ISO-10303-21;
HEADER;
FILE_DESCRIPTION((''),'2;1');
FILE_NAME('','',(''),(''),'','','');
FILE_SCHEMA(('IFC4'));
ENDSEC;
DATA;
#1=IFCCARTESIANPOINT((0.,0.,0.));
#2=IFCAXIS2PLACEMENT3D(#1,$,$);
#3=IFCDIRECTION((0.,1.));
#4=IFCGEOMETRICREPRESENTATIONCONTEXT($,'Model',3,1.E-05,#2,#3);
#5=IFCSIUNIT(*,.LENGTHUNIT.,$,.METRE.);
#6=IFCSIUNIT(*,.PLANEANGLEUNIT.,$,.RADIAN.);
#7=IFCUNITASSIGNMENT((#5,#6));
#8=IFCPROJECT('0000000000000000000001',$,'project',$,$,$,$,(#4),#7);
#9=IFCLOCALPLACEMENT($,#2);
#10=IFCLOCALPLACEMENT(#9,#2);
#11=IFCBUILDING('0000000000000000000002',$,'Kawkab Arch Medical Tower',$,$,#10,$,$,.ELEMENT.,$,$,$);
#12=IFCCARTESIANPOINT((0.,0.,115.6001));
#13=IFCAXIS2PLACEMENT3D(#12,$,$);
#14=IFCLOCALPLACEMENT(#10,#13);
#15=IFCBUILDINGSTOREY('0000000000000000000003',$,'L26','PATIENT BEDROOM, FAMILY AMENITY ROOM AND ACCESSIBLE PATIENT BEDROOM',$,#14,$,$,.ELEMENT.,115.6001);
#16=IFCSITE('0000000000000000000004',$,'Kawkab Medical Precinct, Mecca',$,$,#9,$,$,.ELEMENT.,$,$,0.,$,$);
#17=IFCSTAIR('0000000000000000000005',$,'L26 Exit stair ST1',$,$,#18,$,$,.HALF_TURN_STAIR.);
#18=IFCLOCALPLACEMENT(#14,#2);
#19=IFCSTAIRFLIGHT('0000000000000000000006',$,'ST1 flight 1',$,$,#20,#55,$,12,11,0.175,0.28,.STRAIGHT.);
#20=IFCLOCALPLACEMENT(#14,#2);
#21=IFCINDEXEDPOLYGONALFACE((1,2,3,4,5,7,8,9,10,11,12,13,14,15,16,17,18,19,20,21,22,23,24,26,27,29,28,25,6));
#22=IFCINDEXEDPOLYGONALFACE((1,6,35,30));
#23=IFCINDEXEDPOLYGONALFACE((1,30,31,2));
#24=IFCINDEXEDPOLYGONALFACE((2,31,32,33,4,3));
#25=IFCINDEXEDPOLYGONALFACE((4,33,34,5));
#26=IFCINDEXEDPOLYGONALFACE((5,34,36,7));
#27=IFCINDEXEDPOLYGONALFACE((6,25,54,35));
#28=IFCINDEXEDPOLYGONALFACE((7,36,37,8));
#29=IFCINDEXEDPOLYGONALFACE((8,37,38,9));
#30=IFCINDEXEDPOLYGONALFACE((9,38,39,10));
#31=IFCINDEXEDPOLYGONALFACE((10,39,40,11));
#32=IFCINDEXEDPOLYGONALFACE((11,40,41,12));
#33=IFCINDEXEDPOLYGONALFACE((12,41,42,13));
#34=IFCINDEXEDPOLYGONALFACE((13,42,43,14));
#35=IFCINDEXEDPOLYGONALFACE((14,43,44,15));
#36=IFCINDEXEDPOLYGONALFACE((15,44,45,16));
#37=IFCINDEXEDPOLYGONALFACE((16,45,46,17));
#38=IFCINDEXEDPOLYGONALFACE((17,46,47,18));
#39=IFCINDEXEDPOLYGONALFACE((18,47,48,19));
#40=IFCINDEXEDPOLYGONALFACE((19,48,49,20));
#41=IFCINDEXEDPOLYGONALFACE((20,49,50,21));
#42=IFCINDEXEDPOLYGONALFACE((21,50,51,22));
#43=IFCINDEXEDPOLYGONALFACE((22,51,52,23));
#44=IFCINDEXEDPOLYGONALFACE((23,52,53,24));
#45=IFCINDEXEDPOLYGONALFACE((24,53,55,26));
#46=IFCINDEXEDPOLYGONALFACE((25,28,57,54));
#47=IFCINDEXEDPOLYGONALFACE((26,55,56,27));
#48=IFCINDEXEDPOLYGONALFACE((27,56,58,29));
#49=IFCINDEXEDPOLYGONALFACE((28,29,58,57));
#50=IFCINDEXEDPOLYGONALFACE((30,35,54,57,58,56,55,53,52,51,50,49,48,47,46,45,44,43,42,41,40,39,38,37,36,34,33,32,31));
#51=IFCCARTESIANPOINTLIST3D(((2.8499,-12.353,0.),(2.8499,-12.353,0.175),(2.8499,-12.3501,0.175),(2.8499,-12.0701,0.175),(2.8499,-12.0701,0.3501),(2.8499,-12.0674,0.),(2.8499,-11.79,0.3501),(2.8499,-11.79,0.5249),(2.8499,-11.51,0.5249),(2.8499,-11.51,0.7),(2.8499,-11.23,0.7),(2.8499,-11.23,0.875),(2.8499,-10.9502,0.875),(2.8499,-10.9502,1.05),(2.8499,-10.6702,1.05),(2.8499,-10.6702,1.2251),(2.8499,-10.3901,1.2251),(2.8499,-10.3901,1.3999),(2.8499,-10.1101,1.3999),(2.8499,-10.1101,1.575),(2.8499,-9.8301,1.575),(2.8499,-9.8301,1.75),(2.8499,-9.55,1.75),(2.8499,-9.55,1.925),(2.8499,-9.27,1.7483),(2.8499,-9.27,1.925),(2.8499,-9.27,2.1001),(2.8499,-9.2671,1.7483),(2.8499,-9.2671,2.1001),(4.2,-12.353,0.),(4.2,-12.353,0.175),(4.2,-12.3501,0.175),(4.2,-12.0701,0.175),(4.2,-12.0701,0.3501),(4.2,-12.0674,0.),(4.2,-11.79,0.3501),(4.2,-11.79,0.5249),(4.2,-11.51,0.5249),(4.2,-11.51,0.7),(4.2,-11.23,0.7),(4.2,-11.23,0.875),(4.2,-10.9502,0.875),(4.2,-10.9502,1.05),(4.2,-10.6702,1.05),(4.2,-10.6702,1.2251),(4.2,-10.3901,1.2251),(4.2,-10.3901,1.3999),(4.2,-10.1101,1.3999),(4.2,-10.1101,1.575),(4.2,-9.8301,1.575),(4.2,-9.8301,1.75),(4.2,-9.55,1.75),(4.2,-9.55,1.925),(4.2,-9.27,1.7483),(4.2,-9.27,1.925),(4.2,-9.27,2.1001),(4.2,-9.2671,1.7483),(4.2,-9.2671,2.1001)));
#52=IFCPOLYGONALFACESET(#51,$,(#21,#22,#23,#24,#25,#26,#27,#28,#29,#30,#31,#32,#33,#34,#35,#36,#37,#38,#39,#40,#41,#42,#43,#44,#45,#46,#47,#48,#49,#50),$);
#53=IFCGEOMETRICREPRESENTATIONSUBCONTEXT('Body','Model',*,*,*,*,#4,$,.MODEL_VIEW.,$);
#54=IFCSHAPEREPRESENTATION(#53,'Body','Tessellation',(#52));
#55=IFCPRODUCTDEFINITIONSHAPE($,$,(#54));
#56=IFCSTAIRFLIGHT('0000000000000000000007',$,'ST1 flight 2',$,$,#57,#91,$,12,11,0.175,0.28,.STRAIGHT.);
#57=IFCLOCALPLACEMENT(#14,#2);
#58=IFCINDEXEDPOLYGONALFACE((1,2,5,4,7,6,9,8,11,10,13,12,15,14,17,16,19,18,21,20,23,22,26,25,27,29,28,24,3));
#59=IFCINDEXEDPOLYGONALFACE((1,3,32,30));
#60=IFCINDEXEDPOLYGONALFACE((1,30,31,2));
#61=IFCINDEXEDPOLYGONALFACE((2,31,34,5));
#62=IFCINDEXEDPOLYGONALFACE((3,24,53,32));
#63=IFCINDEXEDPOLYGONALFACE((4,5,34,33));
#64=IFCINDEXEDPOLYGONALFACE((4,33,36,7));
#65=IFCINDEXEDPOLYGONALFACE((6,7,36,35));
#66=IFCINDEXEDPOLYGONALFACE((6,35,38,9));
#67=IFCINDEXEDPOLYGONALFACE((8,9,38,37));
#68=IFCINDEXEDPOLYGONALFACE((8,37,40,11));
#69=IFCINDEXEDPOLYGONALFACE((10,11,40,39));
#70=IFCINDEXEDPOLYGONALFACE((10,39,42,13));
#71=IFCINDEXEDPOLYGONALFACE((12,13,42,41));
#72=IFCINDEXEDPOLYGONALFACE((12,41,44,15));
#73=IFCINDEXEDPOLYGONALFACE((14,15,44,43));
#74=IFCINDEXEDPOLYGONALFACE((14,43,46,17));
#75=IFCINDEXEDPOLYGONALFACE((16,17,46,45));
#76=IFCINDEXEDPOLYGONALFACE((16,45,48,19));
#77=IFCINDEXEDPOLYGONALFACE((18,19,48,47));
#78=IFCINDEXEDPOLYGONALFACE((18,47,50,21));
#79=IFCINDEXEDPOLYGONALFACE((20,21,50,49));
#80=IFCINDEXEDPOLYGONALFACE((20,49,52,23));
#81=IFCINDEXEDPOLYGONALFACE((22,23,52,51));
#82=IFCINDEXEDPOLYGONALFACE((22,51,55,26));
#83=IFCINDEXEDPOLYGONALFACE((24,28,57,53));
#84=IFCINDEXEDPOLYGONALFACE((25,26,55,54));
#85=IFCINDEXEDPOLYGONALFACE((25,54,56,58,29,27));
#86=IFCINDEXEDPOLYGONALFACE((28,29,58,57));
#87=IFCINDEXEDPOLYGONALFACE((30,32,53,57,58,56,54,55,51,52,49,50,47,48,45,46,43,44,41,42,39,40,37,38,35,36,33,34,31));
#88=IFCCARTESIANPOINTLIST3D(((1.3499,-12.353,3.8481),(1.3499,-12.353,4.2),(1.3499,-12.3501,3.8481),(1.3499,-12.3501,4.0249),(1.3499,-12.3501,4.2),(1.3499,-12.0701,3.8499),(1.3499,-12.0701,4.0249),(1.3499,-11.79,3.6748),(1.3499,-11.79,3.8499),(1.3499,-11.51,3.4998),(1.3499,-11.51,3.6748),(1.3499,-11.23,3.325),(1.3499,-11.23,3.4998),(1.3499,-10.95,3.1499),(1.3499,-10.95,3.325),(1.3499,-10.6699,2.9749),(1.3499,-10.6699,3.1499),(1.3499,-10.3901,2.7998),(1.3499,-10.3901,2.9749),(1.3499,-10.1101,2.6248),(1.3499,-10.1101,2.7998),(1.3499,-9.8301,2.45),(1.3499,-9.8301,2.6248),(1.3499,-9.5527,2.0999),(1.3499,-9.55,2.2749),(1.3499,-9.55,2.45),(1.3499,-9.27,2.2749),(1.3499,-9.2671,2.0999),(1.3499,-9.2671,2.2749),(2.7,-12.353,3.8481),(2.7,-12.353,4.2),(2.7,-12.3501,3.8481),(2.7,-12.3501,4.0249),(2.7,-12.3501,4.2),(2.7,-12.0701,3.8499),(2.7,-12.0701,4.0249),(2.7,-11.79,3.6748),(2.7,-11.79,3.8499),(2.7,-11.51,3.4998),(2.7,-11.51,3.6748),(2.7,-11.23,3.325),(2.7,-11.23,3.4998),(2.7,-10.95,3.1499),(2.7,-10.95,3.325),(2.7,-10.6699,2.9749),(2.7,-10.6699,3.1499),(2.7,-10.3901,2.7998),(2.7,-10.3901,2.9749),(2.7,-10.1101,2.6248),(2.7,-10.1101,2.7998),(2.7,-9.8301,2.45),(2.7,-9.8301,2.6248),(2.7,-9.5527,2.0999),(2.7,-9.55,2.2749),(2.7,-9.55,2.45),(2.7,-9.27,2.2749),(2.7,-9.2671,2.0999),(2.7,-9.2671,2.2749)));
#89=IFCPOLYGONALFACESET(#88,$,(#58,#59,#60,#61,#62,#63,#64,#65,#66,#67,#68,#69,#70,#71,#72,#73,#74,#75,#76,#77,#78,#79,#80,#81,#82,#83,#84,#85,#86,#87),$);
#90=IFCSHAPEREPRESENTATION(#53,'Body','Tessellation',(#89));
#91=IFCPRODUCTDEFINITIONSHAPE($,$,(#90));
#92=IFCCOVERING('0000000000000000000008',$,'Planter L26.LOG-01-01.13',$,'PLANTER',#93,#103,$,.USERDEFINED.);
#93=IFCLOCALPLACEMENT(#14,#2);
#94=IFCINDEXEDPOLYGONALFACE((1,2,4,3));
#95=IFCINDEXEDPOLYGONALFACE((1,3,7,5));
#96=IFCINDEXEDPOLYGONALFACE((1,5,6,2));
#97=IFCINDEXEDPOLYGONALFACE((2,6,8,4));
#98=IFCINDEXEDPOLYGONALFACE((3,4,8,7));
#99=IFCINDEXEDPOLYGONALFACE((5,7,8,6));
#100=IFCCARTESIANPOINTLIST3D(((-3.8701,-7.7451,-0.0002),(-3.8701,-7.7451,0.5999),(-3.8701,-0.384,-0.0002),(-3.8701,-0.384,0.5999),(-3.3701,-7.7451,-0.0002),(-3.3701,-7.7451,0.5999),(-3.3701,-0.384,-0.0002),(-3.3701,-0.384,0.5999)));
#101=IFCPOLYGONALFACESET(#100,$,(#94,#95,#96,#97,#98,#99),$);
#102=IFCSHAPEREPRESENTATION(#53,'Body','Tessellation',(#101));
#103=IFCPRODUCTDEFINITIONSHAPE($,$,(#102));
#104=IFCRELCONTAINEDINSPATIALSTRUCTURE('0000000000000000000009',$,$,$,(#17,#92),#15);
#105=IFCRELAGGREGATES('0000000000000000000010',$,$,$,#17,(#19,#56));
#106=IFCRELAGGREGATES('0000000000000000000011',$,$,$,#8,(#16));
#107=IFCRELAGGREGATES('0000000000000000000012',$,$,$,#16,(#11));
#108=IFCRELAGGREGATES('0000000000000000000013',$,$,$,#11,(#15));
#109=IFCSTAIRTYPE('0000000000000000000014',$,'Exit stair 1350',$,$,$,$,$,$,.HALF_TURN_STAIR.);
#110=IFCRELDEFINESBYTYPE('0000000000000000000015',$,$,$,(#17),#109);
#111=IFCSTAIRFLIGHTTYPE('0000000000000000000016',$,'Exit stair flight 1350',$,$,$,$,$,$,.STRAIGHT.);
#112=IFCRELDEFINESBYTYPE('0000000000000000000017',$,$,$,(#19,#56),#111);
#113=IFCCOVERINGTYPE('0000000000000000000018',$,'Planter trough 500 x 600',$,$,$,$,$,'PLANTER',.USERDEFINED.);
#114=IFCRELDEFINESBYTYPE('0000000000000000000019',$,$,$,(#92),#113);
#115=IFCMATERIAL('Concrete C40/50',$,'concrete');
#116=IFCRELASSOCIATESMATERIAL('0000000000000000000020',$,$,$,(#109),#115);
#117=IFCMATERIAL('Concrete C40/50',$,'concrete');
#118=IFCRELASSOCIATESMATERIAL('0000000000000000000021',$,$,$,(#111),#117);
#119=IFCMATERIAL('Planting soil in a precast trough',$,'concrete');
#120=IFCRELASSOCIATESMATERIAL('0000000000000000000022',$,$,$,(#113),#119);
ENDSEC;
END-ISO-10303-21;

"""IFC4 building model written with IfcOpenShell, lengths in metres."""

from ifc_helpers import new_model, si_unit, direction, frame, origin, origin_2d, place, context, subcontext, project, spatial, polyline, rectangle, outline, extrude, material, material_profile, profile_set, type_object, element, aggregate, save


model = new_model("IFC4")

# Units and contexts
model_context = context("Model", 3, precision=1e-05, world=origin(), true_north=direction((0.0, 1.0)))
body_context = subcontext(model_context, "Body", "Model", "MODEL_VIEW")
ifc_project = project(units=[si_unit("LENGTHUNIT", "METRE"), si_unit("PLANEANGLEUNIT", "RADIAN")], contexts=[model_context])

# Site, building, storey
site_placement = place(None, origin())
site = spatial("IfcSite", under=ifc_project, at=site_placement, Name="Kawkab Medical Precinct, Mecca", CompositionType="ELEMENT", RefElevation=0.0)
building_placement = place(site_placement, origin())
building = spatial("IfcBuilding", under=site, at=building_placement, Name="Kawkab Arch Medical Tower", CompositionType="ELEMENT")
storey_placement = place(building_placement, frame((0.0, 0.0, 115.6001)))
storey = spatial("IfcBuildingStorey", under=building, at=storey_placement, Name="L26", Description="PATIENT BEDROOM, FAMILY AMENITY ROOM AND ACCESSIBLE PATIENT BEDROOM", CompositionType="ELEMENT", Elevation=115.6001)

# Shared definitions
placement = place(storey_placement, origin())

# Stair, stair flights
ifc_material_1 = material(Name="Concrete C40/50", Category="concrete")
stair_type = type_object("IfcStairType", Name="Exit stair 1350", PredefinedType="HALF_TURN_STAIR", material=ifc_material_1)
stair = element("IfcStair", 1, at=placement, inside=storey, type_object=stair_type, Name="L26 Exit stair ST1", PredefinedType="HALF_TURN_STAIR")
ifc_material_2 = material(Name="Concrete C40/50", Category="concrete")
stair_flight_type = type_object("IfcStairFlightType", Name="Exit stair flight 1350", PredefinedType="STRAIGHT", material=ifc_material_2)
stair_flight_1_placement = place(storey_placement, frame((3.5249, -12.3501, 0.0), z_axis=(0.0, 0.0, 1.0), x_axis=(0.0, 1.0, 0.0)))
stair_flight_1 = element("IfcStairFlight", 2, at=stair_flight_1_placement, type_object=stair_flight_type, Name="ST1 flight 1", NumberOfRisers=12, NumberOfTreads=11, PredefinedType="STRAIGHT", RiserHeight=0.175, TreadLength=0.28, context=body_context, shape_type="SweptSolid", body=[
    extrude(outline(polyline([(-0.0029, 0.0), (-0.0029, 0.175), (0.0, 0.175), (0.28, 0.175), (0.28, 0.3501), (0.5601, 0.3501), (0.5601, 0.5249), (0.8401, 0.5249), (0.8401, 0.7), (1.1201, 0.7), (1.1201, 0.875), (1.3999, 0.875), (1.3999, 1.05), (1.6799, 1.05), (1.6799, 1.2251), (1.96, 1.2251), (1.96, 1.3999), (2.24, 1.3999), (2.24, 1.575), (2.52, 1.575), (2.52, 1.75), (2.8, 1.75), (2.8, 1.925), (3.0801, 1.925), (3.0801, 2.1001), (3.083, 2.1001), (3.083, 1.7483), (3.0801, 1.7483), (0.2827, 0.0), (-0.0029, 0.0)])), frame((0.0, 0.675, 0.0), z_axis=(0.0, -1.0, 0.0), x_axis=(1.0, 0.0, 0.0)), (0.0, 0.0, 1.0), 1.3501),
])
stair_flight_2_placement = place(storey_placement, frame((2.0249, -9.27, 2.0999), z_axis=(0.0, 0.0, 1.0), x_axis=(0.0, -1.0, 0.0)))
stair_flight_2 = element("IfcStairFlight", 3, at=stair_flight_2_placement, type_object=stair_flight_type, Name="ST1 flight 2", NumberOfRisers=12, NumberOfTreads=11, PredefinedType="STRAIGHT", RiserHeight=0.175, TreadLength=0.28, context=body_context, shape_type="SweptSolid", body=[
    extrude(outline(polyline([(-0.0029, 0.0), (-0.0029, 0.175), (0.0, 0.175), (0.28, 0.175), (0.28, 0.3501), (0.5601, 0.3501), (0.5601, 0.5249), (0.8401, 0.5249), (0.8401, 0.7), (1.1201, 0.7), (1.1201, 0.875), (1.3999, 0.875), (1.3999, 1.05), (1.6799, 1.05), (1.6799, 1.2251), (1.96, 1.2251), (1.96, 1.3999), (2.24, 1.3999), (2.24, 1.575), (2.52, 1.575), (2.52, 1.75), (2.8, 1.75), (2.8, 1.925), (3.0801, 1.925), (3.0801, 2.1001), (3.083, 2.1001), (3.083, 1.7483), (3.0801, 1.7483), (0.2827, 0.0), (-0.0029, 0.0)])), frame((0.0, 0.675, 0.0), z_axis=(0.0, -1.0, 0.0), x_axis=(1.0, 0.0, 0.0)), (0.0, 0.0, 1.0), 1.3501),
])
aggregate(stair, [stair_flight_1, stair_flight_2])

# Covering
ifc_material_3 = material(Name="Planting soil in a precast trough", Category="concrete")
ifc_material_profile_1 = material_profile(ifc_material_3, rectangle(XDim=0.5, YDim=0.6001, at=origin_2d()), Name="Trough 500x600")
ifc_profile_set_1 = profile_set([ifc_material_profile_1], Name="Planting soil in a precast trough")
covering_type = type_object("IfcCoveringType", Name="Planter trough 500 x 600", ElementType="PLANTER", PredefinedType="USERDEFINED", material=ifc_profile_set_1)
covering_placement = place(storey_placement, frame((-3.6201, -7.7451, 0.2998), z_axis=(0.0, 1.0, 0.0), x_axis=(-1.0, 0.0, 0.0)))
element("IfcCovering", 4, at=covering_placement, inside=storey, type_object=covering_type, Name="Planter L26.LOG-01-01.13", ObjectType="PLANTER", PredefinedType="USERDEFINED", context=body_context, shape_type="SweptSolid", body=[
    extrude(rectangle(XDim=0.5, YDim=0.6001, at=origin_2d()), origin(), (0.0, 0.0, 1.0), 7.3611),
])

save(model, "model.ifc")
